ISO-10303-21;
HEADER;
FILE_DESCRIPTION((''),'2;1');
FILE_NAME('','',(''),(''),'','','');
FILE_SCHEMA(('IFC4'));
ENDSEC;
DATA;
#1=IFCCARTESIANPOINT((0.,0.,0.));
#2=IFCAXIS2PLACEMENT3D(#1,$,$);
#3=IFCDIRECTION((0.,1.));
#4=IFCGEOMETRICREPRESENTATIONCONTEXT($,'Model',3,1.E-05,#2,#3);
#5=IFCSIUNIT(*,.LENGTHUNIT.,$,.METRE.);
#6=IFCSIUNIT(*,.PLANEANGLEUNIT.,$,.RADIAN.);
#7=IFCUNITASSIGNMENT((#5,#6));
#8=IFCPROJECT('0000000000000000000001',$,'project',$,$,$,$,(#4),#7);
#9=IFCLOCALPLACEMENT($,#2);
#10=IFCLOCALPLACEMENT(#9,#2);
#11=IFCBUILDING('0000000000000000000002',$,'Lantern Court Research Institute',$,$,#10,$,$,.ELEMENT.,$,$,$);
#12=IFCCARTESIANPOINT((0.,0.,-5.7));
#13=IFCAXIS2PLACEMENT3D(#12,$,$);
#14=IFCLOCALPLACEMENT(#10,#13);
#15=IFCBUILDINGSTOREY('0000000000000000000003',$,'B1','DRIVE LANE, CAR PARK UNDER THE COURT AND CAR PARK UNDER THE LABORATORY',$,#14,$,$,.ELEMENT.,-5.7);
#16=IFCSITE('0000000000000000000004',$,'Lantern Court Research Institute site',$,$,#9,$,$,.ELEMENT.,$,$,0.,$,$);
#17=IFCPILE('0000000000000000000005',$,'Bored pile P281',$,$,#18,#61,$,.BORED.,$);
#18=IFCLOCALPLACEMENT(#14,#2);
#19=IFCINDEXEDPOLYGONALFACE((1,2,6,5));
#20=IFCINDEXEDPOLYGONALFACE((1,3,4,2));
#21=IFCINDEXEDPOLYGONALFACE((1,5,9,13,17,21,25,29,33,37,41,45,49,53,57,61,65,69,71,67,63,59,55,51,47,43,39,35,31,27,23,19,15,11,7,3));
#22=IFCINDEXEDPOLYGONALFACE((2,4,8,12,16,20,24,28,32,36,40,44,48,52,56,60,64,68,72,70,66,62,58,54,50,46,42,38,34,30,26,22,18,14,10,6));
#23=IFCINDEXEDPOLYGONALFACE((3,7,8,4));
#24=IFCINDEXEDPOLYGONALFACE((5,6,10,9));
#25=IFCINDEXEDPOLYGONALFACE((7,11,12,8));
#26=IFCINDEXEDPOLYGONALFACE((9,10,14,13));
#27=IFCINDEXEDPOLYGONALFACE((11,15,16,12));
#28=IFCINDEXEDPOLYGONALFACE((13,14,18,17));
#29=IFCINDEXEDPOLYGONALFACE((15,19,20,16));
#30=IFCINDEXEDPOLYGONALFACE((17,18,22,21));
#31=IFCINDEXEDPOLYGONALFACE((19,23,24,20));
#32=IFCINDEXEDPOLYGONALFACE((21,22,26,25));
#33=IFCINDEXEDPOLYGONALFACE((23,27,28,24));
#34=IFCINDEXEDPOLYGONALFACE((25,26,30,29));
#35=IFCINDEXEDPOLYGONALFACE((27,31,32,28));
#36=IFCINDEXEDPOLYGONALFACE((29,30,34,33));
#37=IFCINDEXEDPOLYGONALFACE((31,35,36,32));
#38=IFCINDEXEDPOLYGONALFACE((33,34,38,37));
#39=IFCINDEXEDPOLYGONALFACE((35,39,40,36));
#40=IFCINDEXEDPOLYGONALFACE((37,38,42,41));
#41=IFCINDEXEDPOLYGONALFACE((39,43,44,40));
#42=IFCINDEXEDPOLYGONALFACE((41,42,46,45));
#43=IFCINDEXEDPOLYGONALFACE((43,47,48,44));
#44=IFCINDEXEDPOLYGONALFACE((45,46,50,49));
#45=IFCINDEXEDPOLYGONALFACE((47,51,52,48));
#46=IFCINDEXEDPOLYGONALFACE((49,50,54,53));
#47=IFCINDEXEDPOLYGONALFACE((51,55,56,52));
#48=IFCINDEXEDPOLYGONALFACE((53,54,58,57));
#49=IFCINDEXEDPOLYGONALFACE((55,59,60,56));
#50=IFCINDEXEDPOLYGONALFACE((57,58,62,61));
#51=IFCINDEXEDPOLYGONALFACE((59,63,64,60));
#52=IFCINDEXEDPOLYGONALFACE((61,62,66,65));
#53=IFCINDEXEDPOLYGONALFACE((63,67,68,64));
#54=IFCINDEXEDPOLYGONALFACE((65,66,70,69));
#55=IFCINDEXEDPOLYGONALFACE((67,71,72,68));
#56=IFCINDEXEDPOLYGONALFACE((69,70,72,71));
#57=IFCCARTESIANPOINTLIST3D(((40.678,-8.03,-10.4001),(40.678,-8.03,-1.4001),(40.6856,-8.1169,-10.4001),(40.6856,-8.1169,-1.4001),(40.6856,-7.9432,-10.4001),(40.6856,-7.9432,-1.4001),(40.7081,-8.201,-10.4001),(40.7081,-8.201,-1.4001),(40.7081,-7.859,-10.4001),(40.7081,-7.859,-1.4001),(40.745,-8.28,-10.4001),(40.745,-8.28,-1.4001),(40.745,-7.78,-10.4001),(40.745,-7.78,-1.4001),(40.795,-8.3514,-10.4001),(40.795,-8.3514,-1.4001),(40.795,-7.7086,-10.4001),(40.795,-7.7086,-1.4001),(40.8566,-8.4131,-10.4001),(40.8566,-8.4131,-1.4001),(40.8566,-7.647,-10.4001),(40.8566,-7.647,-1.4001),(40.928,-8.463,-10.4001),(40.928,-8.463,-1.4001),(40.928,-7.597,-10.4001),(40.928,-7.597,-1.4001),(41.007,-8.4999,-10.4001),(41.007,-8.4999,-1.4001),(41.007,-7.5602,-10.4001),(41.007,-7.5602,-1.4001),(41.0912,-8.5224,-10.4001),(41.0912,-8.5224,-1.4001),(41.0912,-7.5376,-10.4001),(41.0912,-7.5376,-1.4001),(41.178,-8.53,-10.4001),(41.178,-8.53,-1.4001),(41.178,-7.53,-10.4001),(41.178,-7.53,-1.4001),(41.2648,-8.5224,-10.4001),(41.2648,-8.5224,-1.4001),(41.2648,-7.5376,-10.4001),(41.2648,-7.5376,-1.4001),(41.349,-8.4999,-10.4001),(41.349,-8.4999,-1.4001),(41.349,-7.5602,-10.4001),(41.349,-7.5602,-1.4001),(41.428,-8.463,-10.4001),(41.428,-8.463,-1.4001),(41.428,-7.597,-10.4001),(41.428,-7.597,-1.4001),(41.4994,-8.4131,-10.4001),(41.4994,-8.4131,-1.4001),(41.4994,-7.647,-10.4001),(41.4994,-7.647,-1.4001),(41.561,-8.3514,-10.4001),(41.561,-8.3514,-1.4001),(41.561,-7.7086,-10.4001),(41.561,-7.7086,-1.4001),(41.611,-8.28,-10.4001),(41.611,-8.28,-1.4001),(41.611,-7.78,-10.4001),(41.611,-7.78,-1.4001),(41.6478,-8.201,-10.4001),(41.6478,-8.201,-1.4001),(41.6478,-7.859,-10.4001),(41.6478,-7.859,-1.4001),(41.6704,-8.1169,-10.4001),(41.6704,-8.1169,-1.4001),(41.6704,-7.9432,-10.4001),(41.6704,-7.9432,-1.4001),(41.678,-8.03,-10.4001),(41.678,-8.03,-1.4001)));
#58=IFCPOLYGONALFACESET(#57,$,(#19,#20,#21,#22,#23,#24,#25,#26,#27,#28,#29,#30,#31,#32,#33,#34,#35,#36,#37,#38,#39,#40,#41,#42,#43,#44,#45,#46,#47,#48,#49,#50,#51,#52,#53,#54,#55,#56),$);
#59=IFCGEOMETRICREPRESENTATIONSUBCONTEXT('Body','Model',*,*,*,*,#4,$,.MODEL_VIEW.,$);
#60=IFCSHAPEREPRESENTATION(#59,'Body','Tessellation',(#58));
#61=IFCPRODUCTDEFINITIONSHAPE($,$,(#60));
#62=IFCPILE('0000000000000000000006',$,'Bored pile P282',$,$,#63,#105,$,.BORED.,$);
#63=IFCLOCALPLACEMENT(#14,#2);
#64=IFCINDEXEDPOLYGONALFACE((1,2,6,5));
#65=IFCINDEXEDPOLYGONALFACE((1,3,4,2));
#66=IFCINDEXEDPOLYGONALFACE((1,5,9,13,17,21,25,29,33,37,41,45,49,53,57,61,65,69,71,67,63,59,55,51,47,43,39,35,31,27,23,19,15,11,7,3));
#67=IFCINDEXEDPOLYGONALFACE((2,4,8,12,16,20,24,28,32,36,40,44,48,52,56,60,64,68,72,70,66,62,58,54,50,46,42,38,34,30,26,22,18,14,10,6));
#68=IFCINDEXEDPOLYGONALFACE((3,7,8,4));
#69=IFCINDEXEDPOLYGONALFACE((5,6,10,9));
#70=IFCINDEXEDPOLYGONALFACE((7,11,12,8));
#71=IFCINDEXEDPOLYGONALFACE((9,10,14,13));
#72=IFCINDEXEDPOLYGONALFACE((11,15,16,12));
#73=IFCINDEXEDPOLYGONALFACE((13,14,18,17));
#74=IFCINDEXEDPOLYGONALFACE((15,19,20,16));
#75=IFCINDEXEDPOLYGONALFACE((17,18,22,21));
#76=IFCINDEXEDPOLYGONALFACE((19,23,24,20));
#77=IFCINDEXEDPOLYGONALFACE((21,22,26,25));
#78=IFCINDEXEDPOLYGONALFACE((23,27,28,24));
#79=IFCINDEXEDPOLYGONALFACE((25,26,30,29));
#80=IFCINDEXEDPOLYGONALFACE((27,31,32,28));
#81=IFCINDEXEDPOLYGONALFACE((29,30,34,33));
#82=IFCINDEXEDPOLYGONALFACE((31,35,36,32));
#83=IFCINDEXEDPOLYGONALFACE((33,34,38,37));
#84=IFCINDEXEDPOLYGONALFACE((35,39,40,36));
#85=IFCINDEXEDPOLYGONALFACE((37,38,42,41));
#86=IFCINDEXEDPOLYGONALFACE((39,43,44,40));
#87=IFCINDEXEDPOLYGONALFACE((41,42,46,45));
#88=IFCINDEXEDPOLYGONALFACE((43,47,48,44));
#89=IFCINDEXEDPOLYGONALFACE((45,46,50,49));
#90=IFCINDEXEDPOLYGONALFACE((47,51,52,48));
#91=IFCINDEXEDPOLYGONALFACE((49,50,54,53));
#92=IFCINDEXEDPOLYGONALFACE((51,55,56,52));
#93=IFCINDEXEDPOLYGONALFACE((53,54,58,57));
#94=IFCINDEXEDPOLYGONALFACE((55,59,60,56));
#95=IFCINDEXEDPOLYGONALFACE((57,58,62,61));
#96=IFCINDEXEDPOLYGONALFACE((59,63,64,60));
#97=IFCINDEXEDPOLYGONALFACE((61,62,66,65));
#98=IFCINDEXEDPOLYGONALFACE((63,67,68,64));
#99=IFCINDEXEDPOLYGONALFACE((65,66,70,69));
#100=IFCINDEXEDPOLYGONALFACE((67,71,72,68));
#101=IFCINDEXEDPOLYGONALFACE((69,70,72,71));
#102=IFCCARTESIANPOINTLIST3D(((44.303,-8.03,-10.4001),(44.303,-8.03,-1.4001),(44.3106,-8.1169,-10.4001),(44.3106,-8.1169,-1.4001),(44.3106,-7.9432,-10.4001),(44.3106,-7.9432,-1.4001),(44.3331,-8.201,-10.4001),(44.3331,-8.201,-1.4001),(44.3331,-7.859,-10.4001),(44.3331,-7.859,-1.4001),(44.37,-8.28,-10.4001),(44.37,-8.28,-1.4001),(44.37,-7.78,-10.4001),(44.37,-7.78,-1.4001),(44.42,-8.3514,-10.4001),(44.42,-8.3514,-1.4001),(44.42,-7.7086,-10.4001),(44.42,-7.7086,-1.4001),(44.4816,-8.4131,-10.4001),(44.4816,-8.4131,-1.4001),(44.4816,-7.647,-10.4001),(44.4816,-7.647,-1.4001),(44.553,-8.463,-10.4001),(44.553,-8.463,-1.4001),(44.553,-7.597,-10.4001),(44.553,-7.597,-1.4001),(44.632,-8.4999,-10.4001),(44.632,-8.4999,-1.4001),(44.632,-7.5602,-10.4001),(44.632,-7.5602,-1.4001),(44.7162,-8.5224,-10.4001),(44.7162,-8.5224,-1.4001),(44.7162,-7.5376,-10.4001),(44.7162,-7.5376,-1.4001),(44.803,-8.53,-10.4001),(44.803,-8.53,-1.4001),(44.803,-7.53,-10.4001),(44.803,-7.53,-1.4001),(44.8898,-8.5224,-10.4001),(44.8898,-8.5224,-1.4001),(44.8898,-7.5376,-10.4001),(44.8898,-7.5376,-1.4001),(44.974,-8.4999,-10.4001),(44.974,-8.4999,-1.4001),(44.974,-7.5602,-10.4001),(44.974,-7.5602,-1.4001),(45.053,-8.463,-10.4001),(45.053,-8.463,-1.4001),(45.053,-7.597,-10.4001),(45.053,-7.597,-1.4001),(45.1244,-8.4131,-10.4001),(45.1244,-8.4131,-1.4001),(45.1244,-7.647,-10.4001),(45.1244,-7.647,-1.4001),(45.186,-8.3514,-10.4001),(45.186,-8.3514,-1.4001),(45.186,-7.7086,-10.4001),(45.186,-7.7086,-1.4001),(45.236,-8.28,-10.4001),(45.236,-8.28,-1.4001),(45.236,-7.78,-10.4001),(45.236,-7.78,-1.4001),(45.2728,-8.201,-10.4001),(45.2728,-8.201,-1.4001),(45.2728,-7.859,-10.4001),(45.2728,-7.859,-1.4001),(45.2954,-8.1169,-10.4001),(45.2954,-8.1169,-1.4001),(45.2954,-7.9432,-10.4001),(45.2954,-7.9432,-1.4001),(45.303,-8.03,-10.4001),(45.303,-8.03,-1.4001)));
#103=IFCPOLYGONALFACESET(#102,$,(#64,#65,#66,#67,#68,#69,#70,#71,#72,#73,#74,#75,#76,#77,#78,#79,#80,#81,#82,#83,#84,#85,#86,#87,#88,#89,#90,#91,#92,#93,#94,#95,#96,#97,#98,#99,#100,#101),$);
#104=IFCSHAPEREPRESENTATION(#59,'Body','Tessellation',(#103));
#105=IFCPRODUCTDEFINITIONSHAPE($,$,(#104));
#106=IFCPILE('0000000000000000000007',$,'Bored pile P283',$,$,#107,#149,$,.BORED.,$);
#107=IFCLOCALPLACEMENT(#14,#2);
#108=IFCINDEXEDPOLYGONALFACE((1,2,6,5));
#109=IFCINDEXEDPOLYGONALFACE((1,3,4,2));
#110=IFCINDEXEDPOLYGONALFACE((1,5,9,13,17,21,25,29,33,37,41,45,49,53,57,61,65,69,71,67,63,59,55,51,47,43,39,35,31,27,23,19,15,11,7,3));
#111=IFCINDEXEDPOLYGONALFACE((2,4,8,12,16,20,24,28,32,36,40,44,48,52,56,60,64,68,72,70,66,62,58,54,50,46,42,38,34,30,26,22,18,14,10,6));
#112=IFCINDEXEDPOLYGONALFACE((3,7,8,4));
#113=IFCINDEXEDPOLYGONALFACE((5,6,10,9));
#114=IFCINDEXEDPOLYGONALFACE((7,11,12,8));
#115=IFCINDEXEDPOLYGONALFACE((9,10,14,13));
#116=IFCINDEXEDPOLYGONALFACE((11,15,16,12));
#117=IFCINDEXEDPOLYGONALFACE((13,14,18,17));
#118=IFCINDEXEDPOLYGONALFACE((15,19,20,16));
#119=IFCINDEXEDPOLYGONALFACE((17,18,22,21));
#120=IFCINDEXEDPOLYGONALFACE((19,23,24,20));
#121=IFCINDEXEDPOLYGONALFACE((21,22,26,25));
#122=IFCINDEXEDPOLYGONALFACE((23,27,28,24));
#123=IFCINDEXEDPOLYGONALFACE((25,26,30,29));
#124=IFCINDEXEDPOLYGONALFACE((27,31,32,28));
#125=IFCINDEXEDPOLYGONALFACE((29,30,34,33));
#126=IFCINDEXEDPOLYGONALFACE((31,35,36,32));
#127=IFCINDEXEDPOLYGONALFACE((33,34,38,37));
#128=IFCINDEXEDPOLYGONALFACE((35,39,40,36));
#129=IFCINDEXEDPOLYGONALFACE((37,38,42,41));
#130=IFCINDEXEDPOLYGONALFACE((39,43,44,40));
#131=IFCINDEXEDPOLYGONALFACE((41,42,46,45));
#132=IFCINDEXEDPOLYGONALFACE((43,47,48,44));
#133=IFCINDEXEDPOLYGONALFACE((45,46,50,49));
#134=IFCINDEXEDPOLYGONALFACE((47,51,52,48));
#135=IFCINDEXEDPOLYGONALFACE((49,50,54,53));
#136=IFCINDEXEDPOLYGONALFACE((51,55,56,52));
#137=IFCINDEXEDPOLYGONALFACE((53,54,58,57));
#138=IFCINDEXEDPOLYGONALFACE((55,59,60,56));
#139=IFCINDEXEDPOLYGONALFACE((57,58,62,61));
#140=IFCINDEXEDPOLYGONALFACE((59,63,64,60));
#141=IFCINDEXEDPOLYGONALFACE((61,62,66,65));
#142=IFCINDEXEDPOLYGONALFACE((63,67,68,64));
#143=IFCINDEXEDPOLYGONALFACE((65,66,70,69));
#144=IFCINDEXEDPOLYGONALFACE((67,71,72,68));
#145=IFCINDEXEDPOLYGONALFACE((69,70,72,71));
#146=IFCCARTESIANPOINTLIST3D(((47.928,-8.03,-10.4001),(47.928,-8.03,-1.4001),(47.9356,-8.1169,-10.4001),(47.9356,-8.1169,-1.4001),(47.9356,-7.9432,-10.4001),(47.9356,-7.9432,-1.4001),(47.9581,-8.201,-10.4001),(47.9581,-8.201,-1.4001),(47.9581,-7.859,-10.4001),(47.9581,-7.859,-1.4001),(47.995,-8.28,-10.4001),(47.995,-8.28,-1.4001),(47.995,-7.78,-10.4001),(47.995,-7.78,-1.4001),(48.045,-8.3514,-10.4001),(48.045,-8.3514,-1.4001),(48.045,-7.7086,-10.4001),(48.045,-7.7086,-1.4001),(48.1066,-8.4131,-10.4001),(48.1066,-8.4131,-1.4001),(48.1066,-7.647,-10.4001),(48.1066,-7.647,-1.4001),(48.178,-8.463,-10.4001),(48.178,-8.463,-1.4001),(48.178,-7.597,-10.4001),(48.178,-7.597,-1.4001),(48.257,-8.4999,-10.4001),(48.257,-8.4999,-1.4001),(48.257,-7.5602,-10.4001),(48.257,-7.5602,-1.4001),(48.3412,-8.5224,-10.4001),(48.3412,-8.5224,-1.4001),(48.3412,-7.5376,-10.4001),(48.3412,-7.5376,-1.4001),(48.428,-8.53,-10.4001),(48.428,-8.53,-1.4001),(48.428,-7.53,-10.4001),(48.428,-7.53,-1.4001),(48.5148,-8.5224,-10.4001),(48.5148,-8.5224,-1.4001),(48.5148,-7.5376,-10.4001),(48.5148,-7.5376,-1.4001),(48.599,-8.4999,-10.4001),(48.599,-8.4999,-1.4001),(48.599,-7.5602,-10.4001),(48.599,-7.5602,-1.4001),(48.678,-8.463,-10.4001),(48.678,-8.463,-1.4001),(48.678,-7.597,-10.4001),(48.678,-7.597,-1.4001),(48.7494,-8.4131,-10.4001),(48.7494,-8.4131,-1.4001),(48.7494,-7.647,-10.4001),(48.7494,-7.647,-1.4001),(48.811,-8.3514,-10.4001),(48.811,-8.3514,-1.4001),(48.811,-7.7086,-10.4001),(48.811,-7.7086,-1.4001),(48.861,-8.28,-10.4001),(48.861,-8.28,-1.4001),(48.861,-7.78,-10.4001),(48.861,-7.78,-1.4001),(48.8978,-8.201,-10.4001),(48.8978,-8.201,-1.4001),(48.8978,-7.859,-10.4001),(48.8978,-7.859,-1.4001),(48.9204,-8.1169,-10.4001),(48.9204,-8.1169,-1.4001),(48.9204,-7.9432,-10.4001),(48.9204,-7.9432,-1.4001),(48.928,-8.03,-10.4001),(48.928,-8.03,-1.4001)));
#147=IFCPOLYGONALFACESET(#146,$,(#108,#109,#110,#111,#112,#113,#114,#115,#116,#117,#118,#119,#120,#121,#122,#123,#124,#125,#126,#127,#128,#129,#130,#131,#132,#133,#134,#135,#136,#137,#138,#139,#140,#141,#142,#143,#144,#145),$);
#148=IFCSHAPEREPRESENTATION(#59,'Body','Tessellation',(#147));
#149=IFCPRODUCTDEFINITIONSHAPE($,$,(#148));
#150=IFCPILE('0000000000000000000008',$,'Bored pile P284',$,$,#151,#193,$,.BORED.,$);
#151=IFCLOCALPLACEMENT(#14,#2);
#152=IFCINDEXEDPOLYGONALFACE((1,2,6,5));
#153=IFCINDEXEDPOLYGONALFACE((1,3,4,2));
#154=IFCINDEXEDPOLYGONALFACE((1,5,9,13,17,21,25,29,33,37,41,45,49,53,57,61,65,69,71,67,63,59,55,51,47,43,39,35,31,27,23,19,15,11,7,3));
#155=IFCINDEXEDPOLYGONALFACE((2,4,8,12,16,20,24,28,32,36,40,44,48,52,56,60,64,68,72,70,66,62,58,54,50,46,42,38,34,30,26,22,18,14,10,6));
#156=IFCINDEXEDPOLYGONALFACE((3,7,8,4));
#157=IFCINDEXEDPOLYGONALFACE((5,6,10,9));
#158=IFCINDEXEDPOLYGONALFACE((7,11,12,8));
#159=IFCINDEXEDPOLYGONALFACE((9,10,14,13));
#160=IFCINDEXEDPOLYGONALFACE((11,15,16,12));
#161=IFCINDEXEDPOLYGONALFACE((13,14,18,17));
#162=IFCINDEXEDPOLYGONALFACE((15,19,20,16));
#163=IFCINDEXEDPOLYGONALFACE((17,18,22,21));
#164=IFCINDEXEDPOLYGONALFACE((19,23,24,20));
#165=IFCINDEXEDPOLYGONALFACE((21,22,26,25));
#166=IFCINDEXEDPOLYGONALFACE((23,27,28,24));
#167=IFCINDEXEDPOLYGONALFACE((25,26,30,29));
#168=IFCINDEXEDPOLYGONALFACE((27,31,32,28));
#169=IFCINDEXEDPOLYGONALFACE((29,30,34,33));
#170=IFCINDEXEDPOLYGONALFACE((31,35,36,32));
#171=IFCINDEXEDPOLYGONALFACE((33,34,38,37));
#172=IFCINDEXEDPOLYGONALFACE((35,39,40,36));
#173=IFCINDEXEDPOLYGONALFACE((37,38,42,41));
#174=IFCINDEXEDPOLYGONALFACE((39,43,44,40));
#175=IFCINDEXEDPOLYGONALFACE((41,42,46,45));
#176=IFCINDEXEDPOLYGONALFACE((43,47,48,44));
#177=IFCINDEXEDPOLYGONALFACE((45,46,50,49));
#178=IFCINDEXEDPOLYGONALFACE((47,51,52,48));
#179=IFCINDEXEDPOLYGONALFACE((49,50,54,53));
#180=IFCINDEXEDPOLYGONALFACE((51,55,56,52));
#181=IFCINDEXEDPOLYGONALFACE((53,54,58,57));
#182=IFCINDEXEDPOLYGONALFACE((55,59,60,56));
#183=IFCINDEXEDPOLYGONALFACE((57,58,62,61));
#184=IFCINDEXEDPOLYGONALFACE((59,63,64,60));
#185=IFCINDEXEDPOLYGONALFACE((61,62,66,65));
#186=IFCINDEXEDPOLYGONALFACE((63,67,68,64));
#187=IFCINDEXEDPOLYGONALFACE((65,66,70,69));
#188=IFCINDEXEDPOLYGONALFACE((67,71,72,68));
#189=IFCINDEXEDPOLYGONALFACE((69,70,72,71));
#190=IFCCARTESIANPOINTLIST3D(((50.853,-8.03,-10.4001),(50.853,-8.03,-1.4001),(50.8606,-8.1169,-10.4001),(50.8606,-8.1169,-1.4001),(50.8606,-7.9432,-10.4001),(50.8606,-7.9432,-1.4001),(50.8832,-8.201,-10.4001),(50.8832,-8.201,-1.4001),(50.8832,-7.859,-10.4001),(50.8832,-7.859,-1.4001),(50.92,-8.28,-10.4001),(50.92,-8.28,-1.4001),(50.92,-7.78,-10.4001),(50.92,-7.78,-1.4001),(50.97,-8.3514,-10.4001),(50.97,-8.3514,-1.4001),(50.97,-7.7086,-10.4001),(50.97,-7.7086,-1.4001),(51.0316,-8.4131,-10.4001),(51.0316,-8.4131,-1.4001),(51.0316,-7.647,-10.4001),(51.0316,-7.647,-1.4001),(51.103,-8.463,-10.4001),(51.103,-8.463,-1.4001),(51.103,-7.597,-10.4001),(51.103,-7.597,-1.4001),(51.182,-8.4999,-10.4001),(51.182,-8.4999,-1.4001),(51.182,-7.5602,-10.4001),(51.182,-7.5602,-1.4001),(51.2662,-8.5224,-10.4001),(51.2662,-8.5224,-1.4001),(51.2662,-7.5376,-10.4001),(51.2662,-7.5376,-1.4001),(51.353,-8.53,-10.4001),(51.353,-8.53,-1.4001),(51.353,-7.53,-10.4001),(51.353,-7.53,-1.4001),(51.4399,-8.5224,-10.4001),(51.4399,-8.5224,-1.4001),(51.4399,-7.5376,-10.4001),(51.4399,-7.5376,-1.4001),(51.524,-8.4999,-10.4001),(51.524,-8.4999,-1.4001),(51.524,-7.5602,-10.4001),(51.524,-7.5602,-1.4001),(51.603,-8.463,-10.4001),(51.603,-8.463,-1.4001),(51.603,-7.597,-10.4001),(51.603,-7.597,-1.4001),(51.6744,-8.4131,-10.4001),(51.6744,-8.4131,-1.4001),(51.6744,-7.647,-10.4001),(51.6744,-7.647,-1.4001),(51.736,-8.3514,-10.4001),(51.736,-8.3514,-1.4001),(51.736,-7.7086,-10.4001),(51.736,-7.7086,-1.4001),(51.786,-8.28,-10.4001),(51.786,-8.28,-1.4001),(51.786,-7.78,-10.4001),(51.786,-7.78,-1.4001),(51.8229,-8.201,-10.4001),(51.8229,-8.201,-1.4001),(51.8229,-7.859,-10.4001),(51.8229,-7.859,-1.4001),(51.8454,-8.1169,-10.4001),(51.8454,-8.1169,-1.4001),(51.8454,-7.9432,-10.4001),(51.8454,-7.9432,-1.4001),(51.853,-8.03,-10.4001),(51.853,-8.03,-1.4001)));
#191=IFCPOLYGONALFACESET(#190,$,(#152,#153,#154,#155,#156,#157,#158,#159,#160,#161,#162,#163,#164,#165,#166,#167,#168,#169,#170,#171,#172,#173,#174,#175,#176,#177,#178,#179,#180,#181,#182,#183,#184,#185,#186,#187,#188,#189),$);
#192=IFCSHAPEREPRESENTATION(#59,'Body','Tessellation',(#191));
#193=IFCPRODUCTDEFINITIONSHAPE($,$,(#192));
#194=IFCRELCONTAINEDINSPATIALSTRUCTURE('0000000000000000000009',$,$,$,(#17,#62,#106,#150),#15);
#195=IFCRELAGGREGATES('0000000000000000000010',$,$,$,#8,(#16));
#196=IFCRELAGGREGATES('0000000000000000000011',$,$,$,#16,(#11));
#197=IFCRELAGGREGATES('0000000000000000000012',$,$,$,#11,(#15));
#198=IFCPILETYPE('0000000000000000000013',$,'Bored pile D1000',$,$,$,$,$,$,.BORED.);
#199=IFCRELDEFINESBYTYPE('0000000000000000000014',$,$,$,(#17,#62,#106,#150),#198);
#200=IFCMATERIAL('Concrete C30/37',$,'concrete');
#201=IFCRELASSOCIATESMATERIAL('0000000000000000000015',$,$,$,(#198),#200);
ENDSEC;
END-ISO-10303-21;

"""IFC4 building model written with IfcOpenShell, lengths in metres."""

from ifc_helpers import new_model, si_unit, direction, frame, origin, origin_2d, place, context, subcontext, project, spatial, circle, extrude, material, material_profile, profile_set, type_object, element, save


model = new_model("IFC4")

# Units and contexts
model_context = context("Model", 3, precision=1e-05, world=origin(), true_north=direction((0.0, 1.0)))
body_context = subcontext(model_context, "Body", "Model", "MODEL_VIEW")
ifc_project = project(units=[si_unit("LENGTHUNIT", "METRE"), si_unit("PLANEANGLEUNIT", "RADIAN")], contexts=[model_context])

# Site, building, storey
site_placement = place(None, origin())
site = spatial("IfcSite", under=ifc_project, at=site_placement, Name="Lantern Court Research Institute site", CompositionType="ELEMENT", RefElevation=0.0)
building_placement = place(site_placement, origin())
building = spatial("IfcBuilding", under=site, at=building_placement, Name="Lantern Court Research Institute", CompositionType="ELEMENT")
storey_placement = place(building_placement, frame((0.0, 0.0, -5.7)))
storey = spatial("IfcBuildingStorey", under=building, at=storey_placement, Name="B1", Description="DRIVE LANE, CAR PARK UNDER THE COURT AND CAR PARK UNDER THE LABORATORY", CompositionType="ELEMENT", Elevation=-5.7)

# Piles
ifc_material_1 = material(Name="Concrete C30/37", Category="concrete")
ifc_material_profile_1 = material_profile(ifc_material_1, circle(Radius=0.5, at=origin_2d()), Name="Bored pile D1000")
ifc_profile_set_1 = profile_set([ifc_material_profile_1], Name="Concrete C30/37")
pile_type_1 = type_object("IfcPileType", Name="Bored pile D1000", PredefinedType="BORED", material=ifc_profile_set_1)
for number, where, z_axis, x_axis, name in (
    (1, (41.178, -8.03, -1.4001), (0.0, 0.0, -1.0), (1.0, 0.0, 0.0), "Bored pile P281"),
    (2, (44.803, -8.03, -1.4001), (0.0, 0.0, -1.0), (1.0, 0.0, 0.0), "Bored pile P282"),
    (3, (48.428, -8.03, -1.4001), (0.0, 0.0, -1.0), (1.0, 0.0, 0.0), "Bored pile P283"),
    (4, (51.353, -8.03, -1.4001), (0.0, 0.0, -1.0), (1.0, 0.0, 0.0), "Bored pile P284"),
):
    element("IfcPile", number, at=place(storey_placement, frame(where, z_axis=z_axis, x_axis=x_axis)), inside=storey, type_object=pile_type_1, Name=name, PredefinedType="BORED", context=body_context, shape_type="SweptSolid", body=[
        extrude(circle(Radius=0.5, at=origin_2d()), origin(), (0.0, 0.0, 1.0), 9.0),
    ])

save(model, "model.ifc")
